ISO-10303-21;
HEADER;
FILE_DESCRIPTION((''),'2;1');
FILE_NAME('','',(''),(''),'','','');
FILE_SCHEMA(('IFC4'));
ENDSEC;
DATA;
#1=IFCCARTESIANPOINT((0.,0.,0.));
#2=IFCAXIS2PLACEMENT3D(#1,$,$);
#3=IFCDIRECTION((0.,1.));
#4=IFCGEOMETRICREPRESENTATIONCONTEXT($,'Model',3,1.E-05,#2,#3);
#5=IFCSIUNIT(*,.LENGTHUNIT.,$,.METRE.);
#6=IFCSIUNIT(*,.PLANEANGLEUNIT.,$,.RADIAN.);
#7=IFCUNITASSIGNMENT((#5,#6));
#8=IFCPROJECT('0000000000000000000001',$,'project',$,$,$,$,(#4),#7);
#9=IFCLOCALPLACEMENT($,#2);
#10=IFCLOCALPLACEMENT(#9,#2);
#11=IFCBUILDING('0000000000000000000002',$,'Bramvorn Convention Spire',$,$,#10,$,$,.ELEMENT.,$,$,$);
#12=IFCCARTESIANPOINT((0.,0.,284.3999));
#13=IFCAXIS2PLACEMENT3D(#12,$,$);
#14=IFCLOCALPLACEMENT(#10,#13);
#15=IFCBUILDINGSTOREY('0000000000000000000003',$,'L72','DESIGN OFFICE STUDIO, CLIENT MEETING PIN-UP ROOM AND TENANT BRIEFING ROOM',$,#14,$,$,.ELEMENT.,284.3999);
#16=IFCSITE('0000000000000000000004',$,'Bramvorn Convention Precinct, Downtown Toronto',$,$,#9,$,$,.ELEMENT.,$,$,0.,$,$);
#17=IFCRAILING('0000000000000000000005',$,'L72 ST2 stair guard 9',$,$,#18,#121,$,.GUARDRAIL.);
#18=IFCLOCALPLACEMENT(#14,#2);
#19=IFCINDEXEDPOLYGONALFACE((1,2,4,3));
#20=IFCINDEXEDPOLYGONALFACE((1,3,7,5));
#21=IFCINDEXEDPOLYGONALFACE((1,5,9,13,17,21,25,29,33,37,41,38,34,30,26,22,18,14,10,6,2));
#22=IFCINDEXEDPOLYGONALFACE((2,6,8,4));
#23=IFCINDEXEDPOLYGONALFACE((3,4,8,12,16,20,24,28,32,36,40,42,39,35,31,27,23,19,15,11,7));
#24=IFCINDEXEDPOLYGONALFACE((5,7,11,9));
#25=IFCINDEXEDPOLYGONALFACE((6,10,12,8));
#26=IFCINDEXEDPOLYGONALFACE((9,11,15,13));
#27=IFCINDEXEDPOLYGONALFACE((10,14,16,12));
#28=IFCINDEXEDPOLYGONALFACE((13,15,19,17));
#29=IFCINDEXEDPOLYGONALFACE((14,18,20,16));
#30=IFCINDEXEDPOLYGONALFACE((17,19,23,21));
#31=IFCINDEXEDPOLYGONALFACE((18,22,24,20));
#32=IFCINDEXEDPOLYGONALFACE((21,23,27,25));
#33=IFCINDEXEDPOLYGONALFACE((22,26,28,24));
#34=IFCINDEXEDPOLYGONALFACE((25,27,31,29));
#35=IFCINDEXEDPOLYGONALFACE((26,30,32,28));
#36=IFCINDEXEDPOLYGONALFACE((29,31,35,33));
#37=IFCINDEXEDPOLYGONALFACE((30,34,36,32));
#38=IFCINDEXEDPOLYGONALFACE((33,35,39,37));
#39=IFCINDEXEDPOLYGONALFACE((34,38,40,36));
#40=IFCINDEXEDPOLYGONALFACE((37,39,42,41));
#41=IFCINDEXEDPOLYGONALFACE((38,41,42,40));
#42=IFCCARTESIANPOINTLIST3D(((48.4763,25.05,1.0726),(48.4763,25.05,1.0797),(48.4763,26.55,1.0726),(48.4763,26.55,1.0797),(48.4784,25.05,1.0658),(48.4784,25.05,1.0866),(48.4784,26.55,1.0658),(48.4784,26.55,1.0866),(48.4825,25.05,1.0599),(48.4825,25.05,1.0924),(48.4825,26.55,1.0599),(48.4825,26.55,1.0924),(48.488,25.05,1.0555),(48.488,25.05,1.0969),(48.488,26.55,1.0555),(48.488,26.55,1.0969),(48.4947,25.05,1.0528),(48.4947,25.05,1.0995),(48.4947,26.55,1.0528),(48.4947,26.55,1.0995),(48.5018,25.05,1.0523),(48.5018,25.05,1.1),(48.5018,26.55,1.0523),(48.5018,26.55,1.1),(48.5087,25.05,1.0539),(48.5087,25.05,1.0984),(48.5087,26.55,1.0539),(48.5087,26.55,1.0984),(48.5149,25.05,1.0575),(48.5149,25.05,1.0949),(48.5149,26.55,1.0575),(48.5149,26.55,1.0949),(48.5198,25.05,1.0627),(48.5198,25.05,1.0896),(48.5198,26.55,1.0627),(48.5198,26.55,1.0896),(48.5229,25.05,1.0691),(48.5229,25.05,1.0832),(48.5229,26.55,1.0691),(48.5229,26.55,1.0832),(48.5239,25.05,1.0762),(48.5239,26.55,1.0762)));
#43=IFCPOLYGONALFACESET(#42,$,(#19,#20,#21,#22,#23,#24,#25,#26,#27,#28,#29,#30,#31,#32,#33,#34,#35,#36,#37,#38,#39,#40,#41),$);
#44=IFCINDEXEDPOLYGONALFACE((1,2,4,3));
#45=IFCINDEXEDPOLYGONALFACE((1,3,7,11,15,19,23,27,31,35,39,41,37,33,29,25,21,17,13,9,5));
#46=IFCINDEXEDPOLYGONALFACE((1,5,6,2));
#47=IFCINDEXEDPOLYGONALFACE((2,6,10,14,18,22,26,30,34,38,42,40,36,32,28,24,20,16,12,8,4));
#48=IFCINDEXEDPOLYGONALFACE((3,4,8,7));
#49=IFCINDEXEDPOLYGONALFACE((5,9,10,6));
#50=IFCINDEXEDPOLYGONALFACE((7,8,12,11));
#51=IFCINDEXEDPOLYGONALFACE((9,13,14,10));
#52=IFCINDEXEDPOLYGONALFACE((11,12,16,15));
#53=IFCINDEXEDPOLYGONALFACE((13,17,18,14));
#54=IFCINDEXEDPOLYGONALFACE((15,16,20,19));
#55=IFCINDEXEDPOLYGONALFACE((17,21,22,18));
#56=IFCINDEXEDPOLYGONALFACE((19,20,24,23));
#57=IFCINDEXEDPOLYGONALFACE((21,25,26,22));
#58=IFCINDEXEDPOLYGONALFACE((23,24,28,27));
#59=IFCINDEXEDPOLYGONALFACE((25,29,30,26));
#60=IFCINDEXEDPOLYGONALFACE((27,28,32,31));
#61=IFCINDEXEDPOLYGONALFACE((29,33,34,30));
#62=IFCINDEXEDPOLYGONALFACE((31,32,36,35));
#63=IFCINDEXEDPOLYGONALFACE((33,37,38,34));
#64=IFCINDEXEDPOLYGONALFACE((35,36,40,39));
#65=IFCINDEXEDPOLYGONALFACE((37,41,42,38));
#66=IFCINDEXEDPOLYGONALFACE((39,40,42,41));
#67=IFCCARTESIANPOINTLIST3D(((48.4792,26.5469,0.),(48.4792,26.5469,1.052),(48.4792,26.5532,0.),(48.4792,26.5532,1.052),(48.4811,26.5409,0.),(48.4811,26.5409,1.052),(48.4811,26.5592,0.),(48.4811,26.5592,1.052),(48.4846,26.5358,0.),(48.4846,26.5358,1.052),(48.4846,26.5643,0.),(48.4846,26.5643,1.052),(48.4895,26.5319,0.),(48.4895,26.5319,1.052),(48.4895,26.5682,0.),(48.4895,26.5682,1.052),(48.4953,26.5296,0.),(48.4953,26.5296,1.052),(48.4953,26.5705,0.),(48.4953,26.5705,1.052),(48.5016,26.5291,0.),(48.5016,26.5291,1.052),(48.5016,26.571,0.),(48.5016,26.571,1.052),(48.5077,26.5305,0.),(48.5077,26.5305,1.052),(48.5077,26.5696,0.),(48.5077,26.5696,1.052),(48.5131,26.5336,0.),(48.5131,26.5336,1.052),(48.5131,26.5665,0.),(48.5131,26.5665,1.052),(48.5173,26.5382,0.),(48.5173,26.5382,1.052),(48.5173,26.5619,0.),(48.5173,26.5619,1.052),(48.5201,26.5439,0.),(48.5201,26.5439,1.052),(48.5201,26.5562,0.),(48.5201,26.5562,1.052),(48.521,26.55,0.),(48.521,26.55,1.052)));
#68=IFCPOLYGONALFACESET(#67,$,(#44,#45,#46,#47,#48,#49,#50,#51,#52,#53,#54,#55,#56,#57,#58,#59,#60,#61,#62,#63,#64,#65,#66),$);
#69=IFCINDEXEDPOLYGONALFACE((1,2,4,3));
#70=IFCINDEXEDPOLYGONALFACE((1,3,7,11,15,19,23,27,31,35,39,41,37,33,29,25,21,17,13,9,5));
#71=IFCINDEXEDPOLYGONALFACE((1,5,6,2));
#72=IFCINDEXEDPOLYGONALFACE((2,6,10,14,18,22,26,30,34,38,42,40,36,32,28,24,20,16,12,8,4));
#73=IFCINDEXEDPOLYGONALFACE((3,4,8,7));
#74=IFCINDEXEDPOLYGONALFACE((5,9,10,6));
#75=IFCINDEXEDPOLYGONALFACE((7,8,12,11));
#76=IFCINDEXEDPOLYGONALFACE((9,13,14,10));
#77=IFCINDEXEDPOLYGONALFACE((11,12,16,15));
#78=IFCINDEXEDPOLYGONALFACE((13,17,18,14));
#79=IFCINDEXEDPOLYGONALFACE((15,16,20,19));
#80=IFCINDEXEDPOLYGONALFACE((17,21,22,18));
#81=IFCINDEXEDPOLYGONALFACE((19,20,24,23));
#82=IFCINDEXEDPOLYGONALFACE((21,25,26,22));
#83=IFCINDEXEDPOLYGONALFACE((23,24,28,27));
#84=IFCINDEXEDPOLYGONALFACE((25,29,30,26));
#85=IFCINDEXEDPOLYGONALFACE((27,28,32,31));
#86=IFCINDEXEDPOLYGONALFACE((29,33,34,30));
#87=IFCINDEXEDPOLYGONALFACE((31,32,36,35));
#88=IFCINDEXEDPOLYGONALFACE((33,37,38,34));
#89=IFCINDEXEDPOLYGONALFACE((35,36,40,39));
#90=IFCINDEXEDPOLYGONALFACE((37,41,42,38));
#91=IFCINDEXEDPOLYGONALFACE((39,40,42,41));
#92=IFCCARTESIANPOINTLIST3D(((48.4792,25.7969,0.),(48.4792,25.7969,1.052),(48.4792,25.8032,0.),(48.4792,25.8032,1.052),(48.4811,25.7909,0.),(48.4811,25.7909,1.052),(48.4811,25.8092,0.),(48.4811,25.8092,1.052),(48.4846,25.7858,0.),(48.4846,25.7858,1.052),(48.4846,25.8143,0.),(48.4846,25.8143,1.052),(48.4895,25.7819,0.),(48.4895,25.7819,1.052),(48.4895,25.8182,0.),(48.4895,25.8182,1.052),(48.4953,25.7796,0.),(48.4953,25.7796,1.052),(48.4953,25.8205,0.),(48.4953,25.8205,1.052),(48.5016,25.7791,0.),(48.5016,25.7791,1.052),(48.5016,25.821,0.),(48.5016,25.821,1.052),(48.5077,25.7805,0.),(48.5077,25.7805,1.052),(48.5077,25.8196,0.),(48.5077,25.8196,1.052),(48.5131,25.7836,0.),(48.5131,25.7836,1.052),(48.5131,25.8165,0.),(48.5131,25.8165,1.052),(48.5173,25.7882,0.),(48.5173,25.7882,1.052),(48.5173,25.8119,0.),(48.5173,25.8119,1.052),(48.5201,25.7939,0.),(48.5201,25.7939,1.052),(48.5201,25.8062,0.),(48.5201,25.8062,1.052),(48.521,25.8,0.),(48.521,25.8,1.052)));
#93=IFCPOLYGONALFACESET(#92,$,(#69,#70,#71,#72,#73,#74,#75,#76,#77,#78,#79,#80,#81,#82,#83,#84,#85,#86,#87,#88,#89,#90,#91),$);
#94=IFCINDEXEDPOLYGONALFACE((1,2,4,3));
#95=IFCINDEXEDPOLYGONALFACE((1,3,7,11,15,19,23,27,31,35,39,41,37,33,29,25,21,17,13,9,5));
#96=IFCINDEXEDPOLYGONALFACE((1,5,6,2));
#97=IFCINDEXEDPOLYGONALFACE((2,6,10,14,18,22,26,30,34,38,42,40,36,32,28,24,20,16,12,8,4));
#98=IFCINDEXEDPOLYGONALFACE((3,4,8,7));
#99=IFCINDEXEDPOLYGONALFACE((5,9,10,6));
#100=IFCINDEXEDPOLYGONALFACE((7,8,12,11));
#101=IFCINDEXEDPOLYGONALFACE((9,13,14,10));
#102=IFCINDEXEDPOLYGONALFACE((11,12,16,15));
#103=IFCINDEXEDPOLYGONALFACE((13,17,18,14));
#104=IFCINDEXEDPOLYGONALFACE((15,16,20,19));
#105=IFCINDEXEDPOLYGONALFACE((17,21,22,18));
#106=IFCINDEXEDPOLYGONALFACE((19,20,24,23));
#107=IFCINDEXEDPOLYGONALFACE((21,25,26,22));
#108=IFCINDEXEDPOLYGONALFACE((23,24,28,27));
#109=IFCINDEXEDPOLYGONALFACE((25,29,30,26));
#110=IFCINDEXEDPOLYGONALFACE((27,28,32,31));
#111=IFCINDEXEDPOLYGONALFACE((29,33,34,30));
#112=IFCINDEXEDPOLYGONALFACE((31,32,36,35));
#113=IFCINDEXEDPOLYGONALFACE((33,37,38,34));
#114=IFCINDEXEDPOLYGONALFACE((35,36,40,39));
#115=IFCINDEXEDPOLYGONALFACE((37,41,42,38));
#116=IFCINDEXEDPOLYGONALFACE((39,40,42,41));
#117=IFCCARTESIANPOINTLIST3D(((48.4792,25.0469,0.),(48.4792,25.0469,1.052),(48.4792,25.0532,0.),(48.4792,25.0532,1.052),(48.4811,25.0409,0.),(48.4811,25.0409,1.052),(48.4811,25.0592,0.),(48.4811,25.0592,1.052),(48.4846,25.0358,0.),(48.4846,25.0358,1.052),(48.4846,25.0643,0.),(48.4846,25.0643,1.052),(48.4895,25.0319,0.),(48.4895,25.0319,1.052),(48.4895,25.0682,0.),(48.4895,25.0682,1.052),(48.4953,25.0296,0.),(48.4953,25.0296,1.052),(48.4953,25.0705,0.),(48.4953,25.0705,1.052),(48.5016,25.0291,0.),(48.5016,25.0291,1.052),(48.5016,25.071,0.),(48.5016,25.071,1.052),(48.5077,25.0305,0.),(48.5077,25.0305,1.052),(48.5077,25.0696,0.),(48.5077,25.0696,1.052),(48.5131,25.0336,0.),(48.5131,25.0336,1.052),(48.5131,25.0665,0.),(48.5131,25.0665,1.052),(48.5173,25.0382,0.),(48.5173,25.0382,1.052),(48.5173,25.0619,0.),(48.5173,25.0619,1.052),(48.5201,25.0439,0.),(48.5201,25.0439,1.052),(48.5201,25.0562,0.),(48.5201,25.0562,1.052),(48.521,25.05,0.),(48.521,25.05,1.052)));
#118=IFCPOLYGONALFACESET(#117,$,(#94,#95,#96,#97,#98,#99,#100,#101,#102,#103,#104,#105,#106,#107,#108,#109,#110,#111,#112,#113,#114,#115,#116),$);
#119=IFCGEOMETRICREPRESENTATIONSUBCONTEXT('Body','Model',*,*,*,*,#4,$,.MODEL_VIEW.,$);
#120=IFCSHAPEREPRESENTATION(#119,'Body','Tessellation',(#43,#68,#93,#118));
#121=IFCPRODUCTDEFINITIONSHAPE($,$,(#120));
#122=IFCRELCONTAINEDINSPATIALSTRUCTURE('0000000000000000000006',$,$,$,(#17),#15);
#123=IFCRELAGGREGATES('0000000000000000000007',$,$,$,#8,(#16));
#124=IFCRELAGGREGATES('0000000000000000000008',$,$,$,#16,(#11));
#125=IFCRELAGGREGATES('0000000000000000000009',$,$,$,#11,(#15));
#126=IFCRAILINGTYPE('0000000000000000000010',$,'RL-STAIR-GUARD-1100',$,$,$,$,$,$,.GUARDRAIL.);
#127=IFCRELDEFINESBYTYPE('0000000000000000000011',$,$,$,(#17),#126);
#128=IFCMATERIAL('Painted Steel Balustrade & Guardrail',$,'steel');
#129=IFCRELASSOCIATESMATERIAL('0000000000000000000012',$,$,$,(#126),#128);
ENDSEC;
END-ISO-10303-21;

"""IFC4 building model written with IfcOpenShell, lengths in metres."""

from ifc_helpers import new_model, si_unit, direction, frame, origin, origin_2d, place, context, subcontext, project, spatial, circle, extrude, material, type_object, element, save


model = new_model("IFC4")

# Units and contexts
model_context = context("Model", 3, precision=1e-05, world=origin(), true_north=direction((0.0, 1.0)))
body_context = subcontext(model_context, "Body", "Model", "MODEL_VIEW")
ifc_project = project(units=[si_unit("LENGTHUNIT", "METRE"), si_unit("PLANEANGLEUNIT", "RADIAN")], contexts=[model_context])

# Site, building, storey
site_placement = place(None, origin())
site = spatial("IfcSite", under=ifc_project, at=site_placement, Name="Bramvorn Convention Precinct, Downtown Toronto", CompositionType="ELEMENT", RefElevation=0.0)
building_placement = place(site_placement, origin())
building = spatial("IfcBuilding", under=site, at=building_placement, Name="Bramvorn Convention Spire", CompositionType="ELEMENT")
storey_placement = place(building_placement, frame((0.0, 0.0, 284.3999)))
storey = spatial("IfcBuildingStorey", under=building, at=storey_placement, Name="L72", Description="DESIGN OFFICE STUDIO, CLIENT MEETING PIN-UP ROOM AND TENANT BRIEFING ROOM", CompositionType="ELEMENT", Elevation=284.3999)

# Railing
ifc_material_1 = material(Name="Painted Steel Balustrade & Guardrail", Category="steel")
railing_type_1 = type_object("IfcRailingType", Name="RL-STAIR-GUARD-1100", PredefinedType="GUARDRAIL", material=ifc_material_1)
for number, where, name in (
    (1, (48.5, 26.55, 0.0), "L72 ST2 stair guard 9"),
):
    element("IfcRailing", number, at=place(storey_placement, frame(where)), inside=storey, type_object=railing_type_1, Name=name, PredefinedType="GUARDRAIL", context=body_context, shape_type="SweptSolid", body=[
        extrude(circle(Radius=0.0239, at=origin_2d()), frame((0.0, 0.0, 1.0762), z_axis=(0.0, -1.0, 0.0), x_axis=(1.0, 0.0, 0.0)), (0.0, 0.0, 1.0), 1.5),
        extrude(circle(Radius=0.021, at=origin_2d()), origin(), (0.0, 0.0, 1.0), 1.052),
        extrude(circle(Radius=0.021, at=origin_2d()), frame((0.0, -0.75, 0.0)), (0.0, 0.0, 1.0), 1.052),
        extrude(circle(Radius=0.021, at=origin_2d()), frame((0.0, -1.5, 0.0)), (0.0, 0.0, 1.0), 1.052),
    ])

save(model, "model.ifc")
